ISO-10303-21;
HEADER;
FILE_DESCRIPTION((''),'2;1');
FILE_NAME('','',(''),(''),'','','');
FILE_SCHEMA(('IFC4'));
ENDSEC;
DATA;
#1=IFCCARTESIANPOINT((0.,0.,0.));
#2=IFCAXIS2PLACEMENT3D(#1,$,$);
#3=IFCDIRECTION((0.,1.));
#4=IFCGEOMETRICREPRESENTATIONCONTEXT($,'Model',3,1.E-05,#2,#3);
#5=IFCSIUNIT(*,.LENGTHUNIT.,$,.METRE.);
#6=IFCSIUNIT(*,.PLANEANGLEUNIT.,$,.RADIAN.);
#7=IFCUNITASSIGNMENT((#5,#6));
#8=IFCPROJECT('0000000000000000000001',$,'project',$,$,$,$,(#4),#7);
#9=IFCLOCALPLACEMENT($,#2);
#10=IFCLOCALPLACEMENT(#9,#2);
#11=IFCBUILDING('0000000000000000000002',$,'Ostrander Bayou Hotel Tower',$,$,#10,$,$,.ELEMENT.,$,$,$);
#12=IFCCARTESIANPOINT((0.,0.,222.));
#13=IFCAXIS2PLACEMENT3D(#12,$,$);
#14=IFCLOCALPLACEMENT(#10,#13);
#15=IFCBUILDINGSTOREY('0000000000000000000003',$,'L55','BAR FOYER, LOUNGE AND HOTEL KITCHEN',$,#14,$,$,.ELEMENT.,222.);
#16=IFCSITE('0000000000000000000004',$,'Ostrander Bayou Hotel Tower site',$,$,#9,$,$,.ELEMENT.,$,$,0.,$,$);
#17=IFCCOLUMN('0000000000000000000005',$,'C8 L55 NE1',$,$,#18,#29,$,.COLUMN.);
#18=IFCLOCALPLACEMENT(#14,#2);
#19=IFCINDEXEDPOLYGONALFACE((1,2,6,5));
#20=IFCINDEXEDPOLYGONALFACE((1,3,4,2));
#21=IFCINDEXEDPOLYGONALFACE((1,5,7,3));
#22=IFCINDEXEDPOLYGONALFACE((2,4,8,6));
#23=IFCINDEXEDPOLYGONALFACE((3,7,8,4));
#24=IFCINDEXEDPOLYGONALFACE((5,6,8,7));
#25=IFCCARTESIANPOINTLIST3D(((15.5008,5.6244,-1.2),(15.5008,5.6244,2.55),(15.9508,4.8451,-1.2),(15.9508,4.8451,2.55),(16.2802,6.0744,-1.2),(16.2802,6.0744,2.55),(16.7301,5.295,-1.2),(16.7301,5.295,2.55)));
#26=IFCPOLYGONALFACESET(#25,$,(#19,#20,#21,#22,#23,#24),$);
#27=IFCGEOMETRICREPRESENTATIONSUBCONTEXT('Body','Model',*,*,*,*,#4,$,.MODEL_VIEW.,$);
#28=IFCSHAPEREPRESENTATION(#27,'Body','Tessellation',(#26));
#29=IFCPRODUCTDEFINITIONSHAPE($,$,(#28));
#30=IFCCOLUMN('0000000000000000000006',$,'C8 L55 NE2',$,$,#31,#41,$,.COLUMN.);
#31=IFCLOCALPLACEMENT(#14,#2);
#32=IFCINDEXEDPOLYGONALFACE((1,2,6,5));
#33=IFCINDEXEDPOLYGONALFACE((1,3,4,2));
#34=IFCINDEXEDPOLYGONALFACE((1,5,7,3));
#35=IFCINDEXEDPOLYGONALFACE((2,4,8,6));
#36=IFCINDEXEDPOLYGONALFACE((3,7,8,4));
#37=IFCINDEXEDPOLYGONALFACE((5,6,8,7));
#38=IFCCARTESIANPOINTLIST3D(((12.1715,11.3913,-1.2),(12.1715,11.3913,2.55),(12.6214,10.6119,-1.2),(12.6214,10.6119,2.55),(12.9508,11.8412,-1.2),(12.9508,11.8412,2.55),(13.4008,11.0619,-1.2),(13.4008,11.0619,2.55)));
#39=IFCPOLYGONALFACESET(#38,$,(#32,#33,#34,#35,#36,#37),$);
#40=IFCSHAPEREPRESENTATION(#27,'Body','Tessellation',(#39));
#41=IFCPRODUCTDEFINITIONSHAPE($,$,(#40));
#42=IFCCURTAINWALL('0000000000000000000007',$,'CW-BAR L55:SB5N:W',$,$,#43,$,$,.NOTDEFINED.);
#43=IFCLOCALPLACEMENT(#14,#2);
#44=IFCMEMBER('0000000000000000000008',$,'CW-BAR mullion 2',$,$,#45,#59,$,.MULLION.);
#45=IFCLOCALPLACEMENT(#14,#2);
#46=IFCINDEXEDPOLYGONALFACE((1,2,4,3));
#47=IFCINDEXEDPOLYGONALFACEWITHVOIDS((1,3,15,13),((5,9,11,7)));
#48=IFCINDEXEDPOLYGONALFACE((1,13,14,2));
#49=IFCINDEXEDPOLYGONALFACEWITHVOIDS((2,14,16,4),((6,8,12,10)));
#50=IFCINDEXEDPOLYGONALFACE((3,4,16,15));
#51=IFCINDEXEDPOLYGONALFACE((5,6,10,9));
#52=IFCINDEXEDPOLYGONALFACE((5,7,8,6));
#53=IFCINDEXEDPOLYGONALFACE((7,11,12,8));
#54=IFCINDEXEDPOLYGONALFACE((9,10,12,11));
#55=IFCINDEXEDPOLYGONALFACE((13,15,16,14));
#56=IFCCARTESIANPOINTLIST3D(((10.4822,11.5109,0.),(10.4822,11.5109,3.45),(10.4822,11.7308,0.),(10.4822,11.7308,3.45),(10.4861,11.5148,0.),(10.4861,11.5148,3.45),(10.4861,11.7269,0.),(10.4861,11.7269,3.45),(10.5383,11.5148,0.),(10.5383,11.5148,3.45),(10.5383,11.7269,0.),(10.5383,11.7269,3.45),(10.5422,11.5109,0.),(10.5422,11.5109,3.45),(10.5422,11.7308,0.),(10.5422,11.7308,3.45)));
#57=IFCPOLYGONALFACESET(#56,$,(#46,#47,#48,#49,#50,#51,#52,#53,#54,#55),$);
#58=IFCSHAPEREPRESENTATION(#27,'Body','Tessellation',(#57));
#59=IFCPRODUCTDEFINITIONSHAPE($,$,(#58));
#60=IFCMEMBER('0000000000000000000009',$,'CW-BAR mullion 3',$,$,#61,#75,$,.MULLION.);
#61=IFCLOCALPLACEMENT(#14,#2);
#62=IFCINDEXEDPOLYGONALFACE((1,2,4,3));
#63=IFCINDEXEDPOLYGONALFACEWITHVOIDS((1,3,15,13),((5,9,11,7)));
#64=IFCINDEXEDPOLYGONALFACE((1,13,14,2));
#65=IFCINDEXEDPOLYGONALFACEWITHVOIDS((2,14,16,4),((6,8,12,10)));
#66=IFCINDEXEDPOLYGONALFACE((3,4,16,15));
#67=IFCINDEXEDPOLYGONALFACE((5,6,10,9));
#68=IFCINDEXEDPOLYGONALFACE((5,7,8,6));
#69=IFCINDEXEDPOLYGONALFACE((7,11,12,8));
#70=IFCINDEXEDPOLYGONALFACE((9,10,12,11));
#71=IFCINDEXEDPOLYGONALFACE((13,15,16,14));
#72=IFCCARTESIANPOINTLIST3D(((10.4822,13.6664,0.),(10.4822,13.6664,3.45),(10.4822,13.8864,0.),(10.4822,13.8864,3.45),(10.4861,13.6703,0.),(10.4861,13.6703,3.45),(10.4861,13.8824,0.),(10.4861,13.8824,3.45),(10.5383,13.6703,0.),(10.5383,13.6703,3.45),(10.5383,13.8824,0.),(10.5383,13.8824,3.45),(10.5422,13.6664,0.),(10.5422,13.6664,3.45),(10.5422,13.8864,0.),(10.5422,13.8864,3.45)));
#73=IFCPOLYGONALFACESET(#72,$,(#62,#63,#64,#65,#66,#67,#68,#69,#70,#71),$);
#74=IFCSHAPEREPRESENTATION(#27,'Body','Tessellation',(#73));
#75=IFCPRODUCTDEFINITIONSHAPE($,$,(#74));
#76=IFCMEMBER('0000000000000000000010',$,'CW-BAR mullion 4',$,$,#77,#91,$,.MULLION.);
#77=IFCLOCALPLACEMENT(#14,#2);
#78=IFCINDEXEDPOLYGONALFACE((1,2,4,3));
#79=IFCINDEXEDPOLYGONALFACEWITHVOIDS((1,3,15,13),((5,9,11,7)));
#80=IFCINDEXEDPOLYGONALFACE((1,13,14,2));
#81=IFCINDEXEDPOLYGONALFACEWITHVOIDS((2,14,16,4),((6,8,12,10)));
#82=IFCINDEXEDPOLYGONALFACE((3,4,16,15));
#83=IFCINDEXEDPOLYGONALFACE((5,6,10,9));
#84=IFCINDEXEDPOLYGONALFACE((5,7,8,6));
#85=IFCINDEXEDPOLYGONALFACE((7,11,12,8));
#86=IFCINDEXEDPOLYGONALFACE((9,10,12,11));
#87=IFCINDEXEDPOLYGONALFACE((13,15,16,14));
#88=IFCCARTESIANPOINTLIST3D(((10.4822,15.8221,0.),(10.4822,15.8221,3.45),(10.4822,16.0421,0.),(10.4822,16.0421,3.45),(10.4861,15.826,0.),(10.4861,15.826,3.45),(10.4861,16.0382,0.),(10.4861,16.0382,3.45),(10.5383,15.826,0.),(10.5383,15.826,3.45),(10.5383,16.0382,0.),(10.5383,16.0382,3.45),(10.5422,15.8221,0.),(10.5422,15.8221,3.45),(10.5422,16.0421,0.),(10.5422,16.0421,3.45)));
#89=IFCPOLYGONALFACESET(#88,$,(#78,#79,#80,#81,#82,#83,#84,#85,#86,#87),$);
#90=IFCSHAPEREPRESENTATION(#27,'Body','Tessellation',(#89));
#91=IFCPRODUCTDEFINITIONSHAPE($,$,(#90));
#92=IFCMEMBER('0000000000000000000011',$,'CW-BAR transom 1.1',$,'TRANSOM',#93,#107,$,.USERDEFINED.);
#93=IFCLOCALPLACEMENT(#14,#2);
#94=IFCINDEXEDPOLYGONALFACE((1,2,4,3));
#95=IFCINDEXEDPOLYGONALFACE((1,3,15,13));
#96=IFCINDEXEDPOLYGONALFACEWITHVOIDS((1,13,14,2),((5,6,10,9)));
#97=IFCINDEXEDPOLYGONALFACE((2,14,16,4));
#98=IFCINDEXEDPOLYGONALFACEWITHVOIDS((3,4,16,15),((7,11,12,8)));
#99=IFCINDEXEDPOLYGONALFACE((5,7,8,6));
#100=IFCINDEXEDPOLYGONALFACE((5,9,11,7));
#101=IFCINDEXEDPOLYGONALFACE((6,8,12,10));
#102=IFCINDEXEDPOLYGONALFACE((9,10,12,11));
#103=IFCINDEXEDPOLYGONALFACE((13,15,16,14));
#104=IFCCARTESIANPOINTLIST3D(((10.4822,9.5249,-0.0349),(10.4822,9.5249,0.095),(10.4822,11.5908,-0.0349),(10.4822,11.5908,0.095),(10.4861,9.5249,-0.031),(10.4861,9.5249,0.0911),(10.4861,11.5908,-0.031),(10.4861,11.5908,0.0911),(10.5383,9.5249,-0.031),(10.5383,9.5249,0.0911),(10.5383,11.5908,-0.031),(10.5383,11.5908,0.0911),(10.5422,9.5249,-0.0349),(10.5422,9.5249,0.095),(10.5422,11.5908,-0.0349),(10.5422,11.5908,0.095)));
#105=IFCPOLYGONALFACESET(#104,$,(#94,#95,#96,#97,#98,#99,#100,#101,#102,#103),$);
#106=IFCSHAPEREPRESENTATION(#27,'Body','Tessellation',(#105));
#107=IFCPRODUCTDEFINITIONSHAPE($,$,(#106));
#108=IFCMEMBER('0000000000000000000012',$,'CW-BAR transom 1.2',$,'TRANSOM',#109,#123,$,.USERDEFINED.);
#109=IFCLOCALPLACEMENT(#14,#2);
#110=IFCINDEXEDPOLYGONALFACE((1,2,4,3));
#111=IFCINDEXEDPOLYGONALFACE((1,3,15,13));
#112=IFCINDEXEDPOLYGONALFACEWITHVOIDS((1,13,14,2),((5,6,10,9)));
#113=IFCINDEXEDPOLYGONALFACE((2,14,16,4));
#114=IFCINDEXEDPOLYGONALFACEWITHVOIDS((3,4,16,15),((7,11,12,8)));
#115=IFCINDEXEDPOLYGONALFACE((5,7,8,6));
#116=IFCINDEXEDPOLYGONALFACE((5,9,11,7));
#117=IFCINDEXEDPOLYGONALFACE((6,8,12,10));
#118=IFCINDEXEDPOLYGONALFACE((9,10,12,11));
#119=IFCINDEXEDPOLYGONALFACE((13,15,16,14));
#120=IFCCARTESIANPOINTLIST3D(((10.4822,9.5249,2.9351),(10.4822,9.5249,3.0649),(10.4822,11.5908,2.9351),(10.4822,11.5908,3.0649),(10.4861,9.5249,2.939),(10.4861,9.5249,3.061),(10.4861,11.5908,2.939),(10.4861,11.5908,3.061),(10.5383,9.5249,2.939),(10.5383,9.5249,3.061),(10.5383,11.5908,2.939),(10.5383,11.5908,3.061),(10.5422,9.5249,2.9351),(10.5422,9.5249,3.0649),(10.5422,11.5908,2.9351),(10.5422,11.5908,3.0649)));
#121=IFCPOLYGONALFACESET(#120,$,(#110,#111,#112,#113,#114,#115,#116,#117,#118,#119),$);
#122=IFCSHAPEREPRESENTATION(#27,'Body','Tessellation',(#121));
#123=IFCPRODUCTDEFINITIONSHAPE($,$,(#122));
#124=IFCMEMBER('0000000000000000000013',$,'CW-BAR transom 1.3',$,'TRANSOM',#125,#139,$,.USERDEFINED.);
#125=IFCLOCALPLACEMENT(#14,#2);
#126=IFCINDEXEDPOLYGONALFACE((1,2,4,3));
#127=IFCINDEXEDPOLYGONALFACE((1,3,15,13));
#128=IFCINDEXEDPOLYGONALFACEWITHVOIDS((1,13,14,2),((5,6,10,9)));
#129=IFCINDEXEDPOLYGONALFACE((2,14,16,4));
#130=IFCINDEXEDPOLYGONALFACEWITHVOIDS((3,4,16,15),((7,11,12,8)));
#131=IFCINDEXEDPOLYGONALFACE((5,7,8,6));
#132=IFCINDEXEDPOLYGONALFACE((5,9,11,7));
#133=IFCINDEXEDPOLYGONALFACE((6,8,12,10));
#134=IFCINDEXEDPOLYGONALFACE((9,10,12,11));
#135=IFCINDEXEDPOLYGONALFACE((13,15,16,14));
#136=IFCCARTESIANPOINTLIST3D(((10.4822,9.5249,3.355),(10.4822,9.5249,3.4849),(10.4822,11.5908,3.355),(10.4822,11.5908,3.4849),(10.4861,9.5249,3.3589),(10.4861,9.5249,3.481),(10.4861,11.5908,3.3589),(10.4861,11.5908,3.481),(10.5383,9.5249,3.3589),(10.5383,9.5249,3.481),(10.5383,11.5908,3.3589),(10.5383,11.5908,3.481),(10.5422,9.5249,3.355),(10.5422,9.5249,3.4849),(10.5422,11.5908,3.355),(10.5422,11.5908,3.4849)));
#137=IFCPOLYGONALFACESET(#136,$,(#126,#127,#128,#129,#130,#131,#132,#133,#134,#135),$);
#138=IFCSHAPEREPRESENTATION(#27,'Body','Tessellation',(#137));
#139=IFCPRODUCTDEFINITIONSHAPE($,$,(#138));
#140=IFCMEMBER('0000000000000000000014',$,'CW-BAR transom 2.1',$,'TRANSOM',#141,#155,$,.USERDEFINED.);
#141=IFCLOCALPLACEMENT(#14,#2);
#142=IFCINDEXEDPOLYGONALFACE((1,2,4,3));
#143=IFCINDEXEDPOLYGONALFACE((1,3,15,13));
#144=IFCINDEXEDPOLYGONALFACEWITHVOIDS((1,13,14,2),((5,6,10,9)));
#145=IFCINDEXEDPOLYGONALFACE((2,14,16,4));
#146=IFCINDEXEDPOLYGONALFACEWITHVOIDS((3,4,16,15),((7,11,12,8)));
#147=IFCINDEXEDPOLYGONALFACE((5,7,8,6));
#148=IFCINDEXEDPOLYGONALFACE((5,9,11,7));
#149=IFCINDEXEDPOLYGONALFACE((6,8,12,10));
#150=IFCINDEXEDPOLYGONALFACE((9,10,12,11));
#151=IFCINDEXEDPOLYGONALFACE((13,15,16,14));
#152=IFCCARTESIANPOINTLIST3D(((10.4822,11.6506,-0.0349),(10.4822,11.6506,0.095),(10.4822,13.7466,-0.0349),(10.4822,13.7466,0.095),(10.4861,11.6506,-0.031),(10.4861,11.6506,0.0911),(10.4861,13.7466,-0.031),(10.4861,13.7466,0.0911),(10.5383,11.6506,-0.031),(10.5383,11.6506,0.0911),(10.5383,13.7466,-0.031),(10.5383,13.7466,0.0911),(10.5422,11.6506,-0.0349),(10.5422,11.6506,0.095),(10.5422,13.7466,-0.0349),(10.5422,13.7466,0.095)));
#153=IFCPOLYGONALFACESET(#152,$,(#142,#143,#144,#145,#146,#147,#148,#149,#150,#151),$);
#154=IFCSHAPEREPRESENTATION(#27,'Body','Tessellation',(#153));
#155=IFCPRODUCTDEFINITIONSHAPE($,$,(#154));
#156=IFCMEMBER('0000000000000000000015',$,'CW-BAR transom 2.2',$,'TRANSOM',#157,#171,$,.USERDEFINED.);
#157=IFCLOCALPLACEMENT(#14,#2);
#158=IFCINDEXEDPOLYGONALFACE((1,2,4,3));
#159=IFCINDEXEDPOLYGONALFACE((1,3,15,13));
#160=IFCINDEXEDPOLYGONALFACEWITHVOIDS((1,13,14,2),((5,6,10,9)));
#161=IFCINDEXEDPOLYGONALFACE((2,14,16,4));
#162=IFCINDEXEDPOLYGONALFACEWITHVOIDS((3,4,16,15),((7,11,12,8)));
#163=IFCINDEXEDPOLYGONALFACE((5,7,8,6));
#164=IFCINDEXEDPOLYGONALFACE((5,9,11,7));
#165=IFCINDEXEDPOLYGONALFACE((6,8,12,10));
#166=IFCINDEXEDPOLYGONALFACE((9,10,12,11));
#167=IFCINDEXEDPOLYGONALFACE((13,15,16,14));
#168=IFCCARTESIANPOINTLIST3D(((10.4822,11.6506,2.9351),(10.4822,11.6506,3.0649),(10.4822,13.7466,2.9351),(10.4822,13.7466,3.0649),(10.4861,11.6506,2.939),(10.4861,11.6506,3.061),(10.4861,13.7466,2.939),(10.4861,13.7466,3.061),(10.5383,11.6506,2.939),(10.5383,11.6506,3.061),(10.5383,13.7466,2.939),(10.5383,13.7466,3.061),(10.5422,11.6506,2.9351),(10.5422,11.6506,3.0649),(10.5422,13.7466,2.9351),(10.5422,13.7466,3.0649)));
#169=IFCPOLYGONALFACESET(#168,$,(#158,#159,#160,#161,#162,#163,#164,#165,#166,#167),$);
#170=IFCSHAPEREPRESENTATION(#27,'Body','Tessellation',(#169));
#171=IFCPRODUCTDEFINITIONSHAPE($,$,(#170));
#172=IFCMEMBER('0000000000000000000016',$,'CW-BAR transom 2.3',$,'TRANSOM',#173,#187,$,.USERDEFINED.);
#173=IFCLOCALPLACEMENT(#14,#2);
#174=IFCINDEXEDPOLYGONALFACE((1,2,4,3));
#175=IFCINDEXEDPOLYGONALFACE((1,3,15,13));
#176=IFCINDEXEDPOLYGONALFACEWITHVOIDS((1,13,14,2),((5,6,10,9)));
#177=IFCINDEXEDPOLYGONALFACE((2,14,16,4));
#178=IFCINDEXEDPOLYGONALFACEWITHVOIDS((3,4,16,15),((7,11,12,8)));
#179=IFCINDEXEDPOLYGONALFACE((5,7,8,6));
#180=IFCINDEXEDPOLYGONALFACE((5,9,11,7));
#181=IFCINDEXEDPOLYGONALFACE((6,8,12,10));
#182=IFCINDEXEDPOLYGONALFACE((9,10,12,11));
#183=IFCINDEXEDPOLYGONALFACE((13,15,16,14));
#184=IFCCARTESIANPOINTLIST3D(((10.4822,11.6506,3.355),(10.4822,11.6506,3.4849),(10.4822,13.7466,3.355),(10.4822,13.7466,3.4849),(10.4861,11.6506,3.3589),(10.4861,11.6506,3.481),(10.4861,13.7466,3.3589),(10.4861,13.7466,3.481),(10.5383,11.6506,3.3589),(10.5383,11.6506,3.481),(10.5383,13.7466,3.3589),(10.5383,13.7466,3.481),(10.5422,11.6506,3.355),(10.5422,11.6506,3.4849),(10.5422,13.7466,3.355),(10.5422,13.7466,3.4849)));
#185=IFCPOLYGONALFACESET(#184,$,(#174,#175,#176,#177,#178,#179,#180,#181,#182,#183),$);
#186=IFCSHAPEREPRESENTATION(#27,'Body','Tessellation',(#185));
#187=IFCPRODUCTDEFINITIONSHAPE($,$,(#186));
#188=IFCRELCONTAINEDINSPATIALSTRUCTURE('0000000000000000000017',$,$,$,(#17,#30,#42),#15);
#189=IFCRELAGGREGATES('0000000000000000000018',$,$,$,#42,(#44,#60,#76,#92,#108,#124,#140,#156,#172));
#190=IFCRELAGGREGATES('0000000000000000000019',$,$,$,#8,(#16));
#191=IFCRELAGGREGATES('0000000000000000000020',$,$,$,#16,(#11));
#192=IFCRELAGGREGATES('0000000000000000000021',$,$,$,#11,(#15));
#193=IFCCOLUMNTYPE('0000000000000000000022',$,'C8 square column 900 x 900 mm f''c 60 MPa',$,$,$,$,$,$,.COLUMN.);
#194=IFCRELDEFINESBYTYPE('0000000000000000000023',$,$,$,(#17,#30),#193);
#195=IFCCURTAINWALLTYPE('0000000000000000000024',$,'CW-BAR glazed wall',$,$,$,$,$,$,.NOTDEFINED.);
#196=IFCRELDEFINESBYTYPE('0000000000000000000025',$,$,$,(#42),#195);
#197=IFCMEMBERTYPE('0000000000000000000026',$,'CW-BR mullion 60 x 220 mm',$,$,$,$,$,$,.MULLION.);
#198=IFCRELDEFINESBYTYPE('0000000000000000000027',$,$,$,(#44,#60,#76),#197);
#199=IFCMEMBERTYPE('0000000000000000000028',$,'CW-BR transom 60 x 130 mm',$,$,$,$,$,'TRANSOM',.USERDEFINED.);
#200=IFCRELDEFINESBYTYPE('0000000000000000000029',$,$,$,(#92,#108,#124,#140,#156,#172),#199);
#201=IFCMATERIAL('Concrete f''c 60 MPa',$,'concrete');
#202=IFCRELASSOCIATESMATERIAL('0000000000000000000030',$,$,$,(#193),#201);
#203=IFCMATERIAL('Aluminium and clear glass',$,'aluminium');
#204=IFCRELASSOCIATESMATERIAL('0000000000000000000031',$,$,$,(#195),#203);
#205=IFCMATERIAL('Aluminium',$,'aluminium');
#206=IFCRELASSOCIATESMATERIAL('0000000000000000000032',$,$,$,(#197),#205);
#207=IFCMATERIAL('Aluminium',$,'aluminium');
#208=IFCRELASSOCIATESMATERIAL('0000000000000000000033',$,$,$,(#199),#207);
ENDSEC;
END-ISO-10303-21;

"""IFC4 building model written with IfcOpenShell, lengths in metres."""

from ifc_helpers import new_model, si_unit, direction, frame, origin, origin_2d, place, context, subcontext, project, spatial, rectangle, hollow_rectangle, extrude, material, material_profile, profile_set, type_object, element, aggregate, save


model = new_model("IFC4")

# Units and contexts
model_context = context("Model", 3, precision=1e-05, world=origin(), true_north=direction((0.0, 1.0)))
body_context = subcontext(model_context, "Body", "Model", "MODEL_VIEW")
ifc_project = project(units=[si_unit("LENGTHUNIT", "METRE"), si_unit("PLANEANGLEUNIT", "RADIAN")], contexts=[model_context])

# Site, building, storey
site_placement = place(None, origin())
site = spatial("IfcSite", under=ifc_project, at=site_placement, Name="Ostrander Bayou Hotel Tower site", CompositionType="ELEMENT", RefElevation=0.0)
building_placement = place(site_placement, origin())
building = spatial("IfcBuilding", under=site, at=building_placement, Name="Ostrander Bayou Hotel Tower", CompositionType="ELEMENT")
storey_placement = place(building_placement, frame((0.0, 0.0, 222.0)))
storey = spatial("IfcBuildingStorey", under=building, at=storey_placement, Name="L55", Description="BAR FOYER, LOUNGE AND HOTEL KITCHEN", CompositionType="ELEMENT", Elevation=222.0)

# Columns
ifc_material_1 = material(Name="Concrete f'c 60 MPa", Category="concrete")
ifc_material_profile_1 = material_profile(ifc_material_1, rectangle(XDim=0.8999, YDim=0.8999, at=origin_2d()))
ifc_profile_set_1 = profile_set([ifc_material_profile_1], Name="Concrete f'c 60 MPa")
column_type = type_object("IfcColumnType", Name="C8 square column 900 x 900 mm f'c 60 MPa", PredefinedType="COLUMN", material=ifc_profile_set_1)
for number, where, z_axis, x_axis, name in (
    (1, (16.1155, 5.4597, -1.2), (0.0, 0.0, 1.0), (0.5, -0.866025, 0.0), "C8 L55 NE1"),
    (2, (12.7861, 11.2266, -1.2), (0.0, 0.0, 1.0), (0.5, -0.866025, 0.0), "C8 L55 NE2"),
):
    element("IfcColumn", number, at=place(storey_placement, frame(where, z_axis=z_axis, x_axis=x_axis)), inside=storey, type_object=column_type, Name=name, PredefinedType="COLUMN", context=body_context, shape_type="SweptSolid", body=[
        extrude(rectangle(XDim=0.8999, YDim=0.8999, at=origin_2d()), origin(), (0.0, 0.0, 1.0), 3.75),
    ])

# Curtain wall, members
ifc_material_2 = material(Name="Aluminium and clear glass", Category="aluminium")
curtain_wall_type = type_object("IfcCurtainWallType", Name="CW-BAR glazed wall", PredefinedType="NOTDEFINED", material=ifc_material_2)
curtain_wall_placement = place(storey_placement, origin())
curtain_wall = element("IfcCurtainWall", 3, at=curtain_wall_placement, inside=storey, type_object=curtain_wall_type, Name="CW-BAR L55:SB5N:W", PredefinedType="NOTDEFINED")
ifc_material_3 = material(Name="Aluminium", Category="aluminium")
ifc_material_profile_2 = material_profile(ifc_material_3, hollow_rectangle(XDim=0.0601, YDim=0.22, WallThickness=0.0039, at=origin_2d()))
ifc_profile_set_2 = profile_set([ifc_material_profile_2], Name="Aluminium")
member_type_1 = type_object("IfcMemberType", Name="CW-BR mullion 60 x 220 mm", PredefinedType="MULLION", material=ifc_profile_set_2)
member_1_placement = place(storey_placement, frame((10.5122, 11.6208, 0.0), z_axis=(0.0, 0.0, 1.0), x_axis=(-1.0, 0.0, 0.0)))
member_1 = element("IfcMember", 4, at=member_1_placement, type_object=member_type_1, Name="CW-BAR mullion 2", PredefinedType="MULLION", context=body_context, shape_type="SweptSolid", body=[
    extrude(hollow_rectangle(XDim=0.0601, YDim=0.22, WallThickness=0.0039, at=origin_2d()), origin(), (0.0, 0.0, 1.0), 3.45),
])
member_2_placement = place(storey_placement, frame((10.5122, 13.7764, 0.0), z_axis=(0.0, 0.0, 1.0), x_axis=(-1.0, 0.0, 0.0)))
member_2 = element("IfcMember", 5, at=member_2_placement, type_object=member_type_1, Name="CW-BAR mullion 3", PredefinedType="MULLION", context=body_context, shape_type="SweptSolid", body=[
    extrude(hollow_rectangle(XDim=0.0601, YDim=0.22, WallThickness=0.0039, at=origin_2d()), origin(), (0.0, 0.0, 1.0), 3.45),
])
member_3_placement = place(storey_placement, frame((10.5122, 15.9321, 0.0), z_axis=(0.0, 0.0, 1.0), x_axis=(-1.0, 0.0, 0.0)))
member_3 = element("IfcMember", 6, at=member_3_placement, type_object=member_type_1, Name="CW-BAR mullion 4", PredefinedType="MULLION", context=body_context, shape_type="SweptSolid", body=[
    extrude(hollow_rectangle(XDim=0.0601, YDim=0.22, WallThickness=0.0039, at=origin_2d()), origin(), (0.0, 0.0, 1.0), 3.45),
])
ifc_material_4 = material(Name="Aluminium", Category="aluminium")
ifc_material_profile_3 = material_profile(ifc_material_4, hollow_rectangle(XDim=0.0601, YDim=0.1299, WallThickness=0.0039, at=origin_2d()))
ifc_profile_set_3 = profile_set([ifc_material_profile_3], Name="Aluminium")
member_type_2 = type_object("IfcMemberType", Name="CW-BR transom 60 x 130 mm", ElementType="TRANSOM", PredefinedType="USERDEFINED", material=ifc_profile_set_3)
member_4_placement = place(storey_placement, frame((10.5122, 9.5249, 0.03), z_axis=(0.0, 1.0, 0.0), x_axis=(-1.0, 0.0, 0.0)))
member_4 = element("IfcMember", 7, at=member_4_placement, type_object=member_type_2, Name="CW-BAR transom 1.1", ObjectType="TRANSOM", PredefinedType="USERDEFINED", context=body_context, shape_type="SweptSolid", body=[
    extrude(hollow_rectangle(XDim=0.0601, YDim=0.1299, WallThickness=0.0039, at=origin_2d()), origin(), (0.0, 0.0, 1.0), 2.0659),
])
member_5_placement = place(storey_placement, frame((10.5122, 9.5249, 3.0), z_axis=(0.0, 1.0, 0.0), x_axis=(-1.0, 0.0, 0.0)))
member_5 = element("IfcMember", 8, at=member_5_placement, type_object=member_type_2, Name="CW-BAR transom 1.2", ObjectType="TRANSOM", PredefinedType="USERDEFINED", context=body_context, shape_type="SweptSolid", body=[
    extrude(hollow_rectangle(XDim=0.0601, YDim=0.1299, WallThickness=0.0039, at=origin_2d()), origin(), (0.0, 0.0, 1.0), 2.0659),
])
member_6_placement = place(storey_placement, frame((10.5122, 9.5249, 3.4199), z_axis=(0.0, 1.0, 0.0), x_axis=(-1.0, 0.0, 0.0)))
member_6 = element("IfcMember", 9, at=member_6_placement, type_object=member_type_2, Name="CW-BAR transom 1.3", ObjectType="TRANSOM", PredefinedType="USERDEFINED", context=body_context, shape_type="SweptSolid", body=[
    extrude(hollow_rectangle(XDim=0.0601, YDim=0.1299, WallThickness=0.0039, at=origin_2d()), origin(), (0.0, 0.0, 1.0), 2.0659),
])
member_7_placement = place(storey_placement, frame((10.5122, 11.6506, 0.03), z_axis=(0.0, 1.0, 0.0), x_axis=(-1.0, 0.0, 0.0)))
member_7 = element("IfcMember", 10, at=member_7_placement, type_object=member_type_2, Name="CW-BAR transom 2.1", ObjectType="TRANSOM", PredefinedType="USERDEFINED", context=body_context, shape_type="SweptSolid", body=[
    extrude(hollow_rectangle(XDim=0.0601, YDim=0.1299, WallThickness=0.0039, at=origin_2d()), origin(), (0.0, 0.0, 1.0), 2.0959),
])
member_8_placement = place(storey_placement, frame((10.5122, 11.6506, 3.0), z_axis=(0.0, 1.0, 0.0), x_axis=(-1.0, 0.0, 0.0)))
member_8 = element("IfcMember", 11, at=member_8_placement, type_object=member_type_2, Name="CW-BAR transom 2.2", ObjectType="TRANSOM", PredefinedType="USERDEFINED", context=body_context, shape_type="SweptSolid", body=[
    extrude(hollow_rectangle(XDim=0.0601, YDim=0.1299, WallThickness=0.0039, at=origin_2d()), origin(), (0.0, 0.0, 1.0), 2.0959),
])
member_9_placement = place(storey_placement, frame((10.5122, 11.6506, 3.4199), z_axis=(0.0, 1.0, 0.0), x_axis=(-1.0, 0.0, 0.0)))
member_9 = element("IfcMember", 12, at=member_9_placement, type_object=member_type_2, Name="CW-BAR transom 2.3", ObjectType="TRANSOM", PredefinedType="USERDEFINED", context=body_context, shape_type="SweptSolid", body=[
    extrude(hollow_rectangle(XDim=0.0601, YDim=0.1299, WallThickness=0.0039, at=origin_2d()), origin(), (0.0, 0.0, 1.0), 2.0959),
])

aggregate(curtain_wall, [member_1, member_2, member_3, member_4, member_5, member_6, member_7, member_8, member_9])

save(model, "model.ifc")
